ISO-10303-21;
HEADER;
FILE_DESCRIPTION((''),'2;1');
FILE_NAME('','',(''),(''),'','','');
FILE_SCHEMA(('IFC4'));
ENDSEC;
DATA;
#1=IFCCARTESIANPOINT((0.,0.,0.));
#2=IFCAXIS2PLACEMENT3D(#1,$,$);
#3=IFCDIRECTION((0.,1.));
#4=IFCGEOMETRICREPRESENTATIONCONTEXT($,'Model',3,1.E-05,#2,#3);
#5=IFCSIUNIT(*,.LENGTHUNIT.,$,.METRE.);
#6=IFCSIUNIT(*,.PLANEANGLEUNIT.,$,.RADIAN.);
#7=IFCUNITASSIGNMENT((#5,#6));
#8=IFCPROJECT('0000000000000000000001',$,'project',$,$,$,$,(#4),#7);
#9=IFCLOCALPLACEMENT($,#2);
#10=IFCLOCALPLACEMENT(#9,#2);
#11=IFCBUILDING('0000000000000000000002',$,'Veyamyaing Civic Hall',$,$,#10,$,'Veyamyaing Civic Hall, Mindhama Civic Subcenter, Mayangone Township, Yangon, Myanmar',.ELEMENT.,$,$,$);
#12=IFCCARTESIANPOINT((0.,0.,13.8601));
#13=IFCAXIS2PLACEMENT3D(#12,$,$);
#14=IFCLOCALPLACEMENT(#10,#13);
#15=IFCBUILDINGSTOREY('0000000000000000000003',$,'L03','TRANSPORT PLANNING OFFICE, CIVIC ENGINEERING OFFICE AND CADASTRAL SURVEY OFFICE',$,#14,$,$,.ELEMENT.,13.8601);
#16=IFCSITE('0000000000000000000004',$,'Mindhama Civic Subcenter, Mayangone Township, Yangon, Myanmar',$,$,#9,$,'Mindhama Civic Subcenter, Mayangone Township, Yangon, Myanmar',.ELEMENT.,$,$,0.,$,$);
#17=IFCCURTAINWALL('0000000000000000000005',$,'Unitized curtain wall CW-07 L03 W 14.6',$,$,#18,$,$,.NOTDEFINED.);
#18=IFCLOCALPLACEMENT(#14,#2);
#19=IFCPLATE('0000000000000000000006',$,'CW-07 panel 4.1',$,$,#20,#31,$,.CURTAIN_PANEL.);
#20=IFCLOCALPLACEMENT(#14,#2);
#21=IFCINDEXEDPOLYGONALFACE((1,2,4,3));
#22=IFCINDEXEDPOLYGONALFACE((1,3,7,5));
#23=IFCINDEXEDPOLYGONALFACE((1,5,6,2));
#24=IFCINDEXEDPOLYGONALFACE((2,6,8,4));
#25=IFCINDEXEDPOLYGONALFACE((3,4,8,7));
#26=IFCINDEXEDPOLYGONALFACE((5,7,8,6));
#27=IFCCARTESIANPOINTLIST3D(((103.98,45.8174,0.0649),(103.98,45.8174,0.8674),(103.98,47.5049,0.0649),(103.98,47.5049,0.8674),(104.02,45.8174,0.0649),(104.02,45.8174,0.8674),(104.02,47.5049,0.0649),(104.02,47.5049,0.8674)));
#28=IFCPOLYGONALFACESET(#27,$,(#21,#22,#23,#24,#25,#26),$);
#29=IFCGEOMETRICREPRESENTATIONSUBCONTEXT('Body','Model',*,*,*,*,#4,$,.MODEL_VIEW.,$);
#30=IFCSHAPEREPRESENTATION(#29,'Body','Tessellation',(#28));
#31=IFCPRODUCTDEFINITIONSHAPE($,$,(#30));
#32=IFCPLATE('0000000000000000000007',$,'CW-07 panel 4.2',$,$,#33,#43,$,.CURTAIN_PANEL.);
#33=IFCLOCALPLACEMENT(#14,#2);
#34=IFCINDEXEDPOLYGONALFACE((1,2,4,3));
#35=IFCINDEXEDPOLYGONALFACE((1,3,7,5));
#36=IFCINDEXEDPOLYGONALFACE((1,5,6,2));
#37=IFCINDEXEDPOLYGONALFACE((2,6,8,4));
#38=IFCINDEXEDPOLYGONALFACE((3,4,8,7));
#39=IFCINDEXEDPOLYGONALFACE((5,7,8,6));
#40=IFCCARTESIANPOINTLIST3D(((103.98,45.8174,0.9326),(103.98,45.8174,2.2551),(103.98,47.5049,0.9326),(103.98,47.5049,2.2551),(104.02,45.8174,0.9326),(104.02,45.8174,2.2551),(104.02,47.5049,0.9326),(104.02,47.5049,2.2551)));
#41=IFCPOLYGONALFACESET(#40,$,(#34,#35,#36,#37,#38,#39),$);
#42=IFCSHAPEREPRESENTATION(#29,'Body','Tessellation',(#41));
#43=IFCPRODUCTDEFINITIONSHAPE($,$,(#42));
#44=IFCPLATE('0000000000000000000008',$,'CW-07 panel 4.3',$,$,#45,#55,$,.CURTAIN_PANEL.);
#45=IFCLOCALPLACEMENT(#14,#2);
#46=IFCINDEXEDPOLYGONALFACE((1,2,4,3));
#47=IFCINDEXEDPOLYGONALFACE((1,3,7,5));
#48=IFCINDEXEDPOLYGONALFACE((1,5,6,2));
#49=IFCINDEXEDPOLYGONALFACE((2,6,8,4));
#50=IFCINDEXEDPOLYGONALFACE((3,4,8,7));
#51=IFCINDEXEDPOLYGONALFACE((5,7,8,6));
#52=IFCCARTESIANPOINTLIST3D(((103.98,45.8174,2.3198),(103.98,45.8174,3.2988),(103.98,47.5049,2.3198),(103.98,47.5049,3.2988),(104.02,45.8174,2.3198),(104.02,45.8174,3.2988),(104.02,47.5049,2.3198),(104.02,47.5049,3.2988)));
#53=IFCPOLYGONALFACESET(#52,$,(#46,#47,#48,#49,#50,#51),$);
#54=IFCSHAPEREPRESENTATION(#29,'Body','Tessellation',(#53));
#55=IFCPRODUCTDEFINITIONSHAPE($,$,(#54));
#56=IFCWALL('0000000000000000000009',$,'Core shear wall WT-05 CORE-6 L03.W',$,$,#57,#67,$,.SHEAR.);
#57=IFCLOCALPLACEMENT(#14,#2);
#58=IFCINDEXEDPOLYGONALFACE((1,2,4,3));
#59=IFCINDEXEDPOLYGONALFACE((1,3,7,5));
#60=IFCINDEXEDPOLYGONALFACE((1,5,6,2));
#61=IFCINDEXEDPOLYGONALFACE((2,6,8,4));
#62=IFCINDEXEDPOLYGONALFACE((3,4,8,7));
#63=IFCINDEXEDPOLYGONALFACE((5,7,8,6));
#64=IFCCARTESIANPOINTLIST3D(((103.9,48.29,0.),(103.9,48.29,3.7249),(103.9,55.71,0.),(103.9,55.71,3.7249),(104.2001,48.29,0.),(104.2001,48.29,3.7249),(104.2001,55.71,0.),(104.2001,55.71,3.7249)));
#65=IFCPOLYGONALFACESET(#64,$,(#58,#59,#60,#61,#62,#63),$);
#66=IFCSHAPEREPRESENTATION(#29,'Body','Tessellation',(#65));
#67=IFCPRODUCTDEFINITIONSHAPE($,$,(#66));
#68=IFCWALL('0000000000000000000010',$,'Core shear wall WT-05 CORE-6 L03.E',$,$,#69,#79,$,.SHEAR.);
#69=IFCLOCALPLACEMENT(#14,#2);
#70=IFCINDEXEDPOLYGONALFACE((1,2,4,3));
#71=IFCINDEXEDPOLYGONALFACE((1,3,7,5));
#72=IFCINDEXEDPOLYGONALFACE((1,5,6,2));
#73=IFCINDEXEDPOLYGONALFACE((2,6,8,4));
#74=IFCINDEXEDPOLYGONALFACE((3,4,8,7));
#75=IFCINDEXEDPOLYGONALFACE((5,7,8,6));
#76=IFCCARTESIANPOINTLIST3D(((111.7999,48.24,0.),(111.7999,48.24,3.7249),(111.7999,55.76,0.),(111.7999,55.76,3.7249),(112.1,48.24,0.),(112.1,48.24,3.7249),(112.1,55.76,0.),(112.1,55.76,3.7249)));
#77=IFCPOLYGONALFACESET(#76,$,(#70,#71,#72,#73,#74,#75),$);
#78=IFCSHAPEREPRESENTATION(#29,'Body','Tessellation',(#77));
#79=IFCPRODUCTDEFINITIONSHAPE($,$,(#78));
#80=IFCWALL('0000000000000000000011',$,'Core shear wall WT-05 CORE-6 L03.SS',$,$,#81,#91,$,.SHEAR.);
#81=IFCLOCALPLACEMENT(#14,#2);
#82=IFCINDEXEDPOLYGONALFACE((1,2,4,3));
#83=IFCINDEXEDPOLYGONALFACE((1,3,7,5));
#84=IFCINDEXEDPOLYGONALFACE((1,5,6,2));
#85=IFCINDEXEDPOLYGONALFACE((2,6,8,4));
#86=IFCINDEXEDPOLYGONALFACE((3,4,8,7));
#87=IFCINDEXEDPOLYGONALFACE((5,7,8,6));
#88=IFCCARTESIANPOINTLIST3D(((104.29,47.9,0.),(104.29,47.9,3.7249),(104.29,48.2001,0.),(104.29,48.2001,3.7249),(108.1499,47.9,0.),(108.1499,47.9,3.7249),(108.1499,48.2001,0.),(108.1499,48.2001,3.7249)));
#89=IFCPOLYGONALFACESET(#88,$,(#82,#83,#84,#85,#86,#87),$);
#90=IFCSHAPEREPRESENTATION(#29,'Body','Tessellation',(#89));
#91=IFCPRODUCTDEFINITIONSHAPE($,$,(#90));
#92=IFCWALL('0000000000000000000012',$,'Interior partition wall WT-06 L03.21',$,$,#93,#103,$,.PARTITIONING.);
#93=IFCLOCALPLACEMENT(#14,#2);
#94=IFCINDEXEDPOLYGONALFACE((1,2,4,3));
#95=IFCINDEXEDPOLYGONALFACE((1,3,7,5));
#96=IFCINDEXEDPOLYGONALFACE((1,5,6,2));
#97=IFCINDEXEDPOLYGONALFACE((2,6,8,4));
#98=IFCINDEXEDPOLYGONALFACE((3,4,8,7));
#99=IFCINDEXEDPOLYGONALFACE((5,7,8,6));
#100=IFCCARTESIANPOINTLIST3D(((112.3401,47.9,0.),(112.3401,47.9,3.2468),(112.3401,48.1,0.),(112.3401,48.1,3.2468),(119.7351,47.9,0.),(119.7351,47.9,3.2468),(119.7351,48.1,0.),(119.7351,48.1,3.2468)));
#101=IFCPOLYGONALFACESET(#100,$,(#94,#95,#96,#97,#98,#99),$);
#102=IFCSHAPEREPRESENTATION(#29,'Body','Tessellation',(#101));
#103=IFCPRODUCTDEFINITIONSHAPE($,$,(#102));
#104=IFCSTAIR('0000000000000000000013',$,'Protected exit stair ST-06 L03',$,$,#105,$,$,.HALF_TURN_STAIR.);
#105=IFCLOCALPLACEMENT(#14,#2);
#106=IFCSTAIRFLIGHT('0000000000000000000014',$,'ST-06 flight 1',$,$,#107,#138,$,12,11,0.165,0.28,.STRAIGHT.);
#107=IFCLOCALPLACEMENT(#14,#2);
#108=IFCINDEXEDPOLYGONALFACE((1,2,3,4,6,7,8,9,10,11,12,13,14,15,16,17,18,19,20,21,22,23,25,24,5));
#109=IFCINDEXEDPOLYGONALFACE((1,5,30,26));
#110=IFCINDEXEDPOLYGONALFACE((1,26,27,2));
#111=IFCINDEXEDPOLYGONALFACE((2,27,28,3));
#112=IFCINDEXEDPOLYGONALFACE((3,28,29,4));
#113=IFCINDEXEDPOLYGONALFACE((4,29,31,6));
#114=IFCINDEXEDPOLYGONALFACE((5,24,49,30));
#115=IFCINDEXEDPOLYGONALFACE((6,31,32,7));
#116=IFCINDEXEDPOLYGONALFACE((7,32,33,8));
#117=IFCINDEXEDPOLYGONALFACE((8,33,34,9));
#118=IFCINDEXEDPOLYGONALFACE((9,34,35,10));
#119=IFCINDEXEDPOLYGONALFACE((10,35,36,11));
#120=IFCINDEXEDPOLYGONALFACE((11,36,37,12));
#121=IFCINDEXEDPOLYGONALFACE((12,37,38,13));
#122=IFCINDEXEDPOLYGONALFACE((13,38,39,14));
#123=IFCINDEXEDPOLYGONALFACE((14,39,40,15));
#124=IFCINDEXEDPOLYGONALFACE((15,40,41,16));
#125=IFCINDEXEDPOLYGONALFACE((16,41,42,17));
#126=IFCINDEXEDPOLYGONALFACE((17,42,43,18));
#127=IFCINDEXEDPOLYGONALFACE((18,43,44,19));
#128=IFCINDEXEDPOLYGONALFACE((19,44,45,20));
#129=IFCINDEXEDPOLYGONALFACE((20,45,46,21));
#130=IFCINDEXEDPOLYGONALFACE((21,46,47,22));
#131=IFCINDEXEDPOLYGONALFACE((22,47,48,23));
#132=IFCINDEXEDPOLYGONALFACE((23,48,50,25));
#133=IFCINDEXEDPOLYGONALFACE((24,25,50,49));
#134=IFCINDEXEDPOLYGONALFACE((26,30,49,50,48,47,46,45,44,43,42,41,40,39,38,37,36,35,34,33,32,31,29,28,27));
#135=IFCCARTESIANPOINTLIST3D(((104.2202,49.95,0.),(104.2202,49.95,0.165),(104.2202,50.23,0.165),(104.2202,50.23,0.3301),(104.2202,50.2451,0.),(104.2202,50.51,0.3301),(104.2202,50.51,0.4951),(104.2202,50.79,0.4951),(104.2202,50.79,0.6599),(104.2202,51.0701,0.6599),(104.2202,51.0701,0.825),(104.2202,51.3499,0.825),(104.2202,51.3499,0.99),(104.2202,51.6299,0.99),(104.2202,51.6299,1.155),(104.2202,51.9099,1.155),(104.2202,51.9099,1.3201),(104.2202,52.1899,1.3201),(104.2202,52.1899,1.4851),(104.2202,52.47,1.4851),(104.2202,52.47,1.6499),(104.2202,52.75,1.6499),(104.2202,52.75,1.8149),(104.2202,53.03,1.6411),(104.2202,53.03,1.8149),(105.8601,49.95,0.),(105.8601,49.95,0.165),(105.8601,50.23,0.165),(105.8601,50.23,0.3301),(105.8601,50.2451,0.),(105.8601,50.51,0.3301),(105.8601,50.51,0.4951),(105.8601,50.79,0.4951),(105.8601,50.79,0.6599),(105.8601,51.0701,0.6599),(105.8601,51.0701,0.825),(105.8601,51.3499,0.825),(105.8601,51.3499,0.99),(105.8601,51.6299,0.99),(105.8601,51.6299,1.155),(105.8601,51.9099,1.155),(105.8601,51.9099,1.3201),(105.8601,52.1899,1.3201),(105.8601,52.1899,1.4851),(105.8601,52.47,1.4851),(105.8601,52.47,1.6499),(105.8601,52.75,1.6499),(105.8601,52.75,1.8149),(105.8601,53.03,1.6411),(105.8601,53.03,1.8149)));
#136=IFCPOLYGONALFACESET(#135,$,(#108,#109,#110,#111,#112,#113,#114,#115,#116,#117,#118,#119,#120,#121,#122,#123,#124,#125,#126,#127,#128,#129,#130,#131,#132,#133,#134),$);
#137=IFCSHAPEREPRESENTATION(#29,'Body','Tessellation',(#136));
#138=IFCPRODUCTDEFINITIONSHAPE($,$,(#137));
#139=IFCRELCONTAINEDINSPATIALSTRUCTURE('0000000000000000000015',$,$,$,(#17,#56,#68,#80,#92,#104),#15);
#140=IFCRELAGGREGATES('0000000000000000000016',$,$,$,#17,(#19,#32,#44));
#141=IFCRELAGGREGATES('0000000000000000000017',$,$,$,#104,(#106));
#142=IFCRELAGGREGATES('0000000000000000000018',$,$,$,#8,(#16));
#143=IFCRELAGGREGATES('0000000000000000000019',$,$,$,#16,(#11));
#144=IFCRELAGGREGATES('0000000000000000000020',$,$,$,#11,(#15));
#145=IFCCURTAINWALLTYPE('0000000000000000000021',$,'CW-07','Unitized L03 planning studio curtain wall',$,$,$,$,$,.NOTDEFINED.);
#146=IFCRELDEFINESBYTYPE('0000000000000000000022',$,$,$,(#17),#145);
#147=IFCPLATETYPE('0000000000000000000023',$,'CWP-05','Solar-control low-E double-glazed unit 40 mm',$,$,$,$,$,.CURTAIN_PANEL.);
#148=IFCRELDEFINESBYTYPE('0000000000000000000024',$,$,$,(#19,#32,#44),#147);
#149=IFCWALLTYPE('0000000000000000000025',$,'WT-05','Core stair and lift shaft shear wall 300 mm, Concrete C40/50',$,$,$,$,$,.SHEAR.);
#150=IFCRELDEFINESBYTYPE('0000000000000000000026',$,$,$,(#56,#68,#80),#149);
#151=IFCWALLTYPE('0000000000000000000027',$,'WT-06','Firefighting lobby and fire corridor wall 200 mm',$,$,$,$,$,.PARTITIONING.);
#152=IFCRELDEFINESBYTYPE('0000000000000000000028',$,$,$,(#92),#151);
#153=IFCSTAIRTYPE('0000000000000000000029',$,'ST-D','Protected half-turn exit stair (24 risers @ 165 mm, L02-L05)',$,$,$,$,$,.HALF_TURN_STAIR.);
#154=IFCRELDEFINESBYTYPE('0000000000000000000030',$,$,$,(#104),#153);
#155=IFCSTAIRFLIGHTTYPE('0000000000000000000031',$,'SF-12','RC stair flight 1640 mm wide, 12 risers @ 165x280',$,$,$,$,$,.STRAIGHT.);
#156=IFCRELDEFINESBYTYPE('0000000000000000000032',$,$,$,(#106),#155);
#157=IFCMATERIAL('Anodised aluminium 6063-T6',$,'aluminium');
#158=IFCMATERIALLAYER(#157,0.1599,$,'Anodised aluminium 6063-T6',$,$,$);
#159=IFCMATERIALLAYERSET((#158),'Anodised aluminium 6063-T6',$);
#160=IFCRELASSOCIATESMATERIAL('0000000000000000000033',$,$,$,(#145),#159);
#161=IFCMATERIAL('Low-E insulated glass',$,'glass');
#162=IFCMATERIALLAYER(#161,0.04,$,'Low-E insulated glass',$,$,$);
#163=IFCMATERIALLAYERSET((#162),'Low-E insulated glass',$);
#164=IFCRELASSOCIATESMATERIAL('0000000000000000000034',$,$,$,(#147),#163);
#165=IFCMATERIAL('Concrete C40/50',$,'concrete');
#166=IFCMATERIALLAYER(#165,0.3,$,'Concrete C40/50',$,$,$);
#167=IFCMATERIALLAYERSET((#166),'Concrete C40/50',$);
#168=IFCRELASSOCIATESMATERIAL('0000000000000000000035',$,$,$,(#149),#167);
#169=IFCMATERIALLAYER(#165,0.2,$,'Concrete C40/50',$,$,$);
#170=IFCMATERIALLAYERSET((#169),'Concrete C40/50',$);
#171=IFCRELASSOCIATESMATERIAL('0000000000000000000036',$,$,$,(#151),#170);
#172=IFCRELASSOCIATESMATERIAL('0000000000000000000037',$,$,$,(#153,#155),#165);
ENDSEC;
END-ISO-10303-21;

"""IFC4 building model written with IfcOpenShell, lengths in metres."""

from ifc_helpers import new_model, si_unit, direction, frame, frame_2d, origin, origin_2d, place, context, subcontext, project, spatial, polyline, rectangle, outline, extrude, material, layer, layer_set, type_object, element, aggregate, save


model = new_model("IFC4")

# Units and contexts
model_context = context("Model", 3, precision=1e-05, world=origin(), true_north=direction((0.0, 1.0)))
body_context = subcontext(model_context, "Body", "Model", "MODEL_VIEW")
ifc_project = project(units=[si_unit("LENGTHUNIT", "METRE"), si_unit("PLANEANGLEUNIT", "RADIAN")], contexts=[model_context])

# Site, building, storey
site_placement = place(None, origin())
site = spatial("IfcSite", under=ifc_project, at=site_placement, Name="Mindhama Civic Subcenter, Mayangone Township, Yangon, Myanmar", LongName="Mindhama Civic Subcenter, Mayangone Township, Yangon, Myanmar", CompositionType="ELEMENT", RefElevation=0.0)
building_placement = place(site_placement, origin())
building = spatial("IfcBuilding", under=site, at=building_placement, Name="Veyamyaing Civic Hall", LongName="Veyamyaing Civic Hall, Mindhama Civic Subcenter, Mayangone Township, Yangon, Myanmar", CompositionType="ELEMENT")
storey_placement = place(building_placement, frame((0.0, 0.0, 13.8601)))
storey = spatial("IfcBuildingStorey", under=building, at=storey_placement, Name="L03", Description="TRANSPORT PLANNING OFFICE, CIVIC ENGINEERING OFFICE AND CADASTRAL SURVEY OFFICE", CompositionType="ELEMENT", Elevation=13.8601)

# Curtain wall
ifc_material_1 = material(Name="Anodised aluminium 6063-T6", Category="aluminium")
ifc_layer_1 = layer(ifc_material_1, 0.1599, Name="Anodised aluminium 6063-T6")
ifc_layer_set_1 = layer_set([ifc_layer_1], Name="Anodised aluminium 6063-T6")
curtain_wall_type = type_object("IfcCurtainWallType", Name="CW-07", Description="Unitized L03 planning studio curtain wall", PredefinedType="NOTDEFINED", material=ifc_layer_set_1)
curtain_wall_placement = place(storey_placement, origin())
curtain_wall = element("IfcCurtainWall", 1, at=curtain_wall_placement, inside=storey, type_object=curtain_wall_type, Name="Unitized curtain wall CW-07 L03 W 14.6", PredefinedType="NOTDEFINED")

# Plates
ifc_material_2 = material(Name="Low-E insulated glass", Category="glass")
ifc_layer_2 = layer(ifc_material_2, 0.04, Name="Low-E insulated glass")
ifc_layer_set_2 = layer_set([ifc_layer_2], Name="Low-E insulated glass")
plate_type = type_object("IfcPlateType", Name="CWP-05", Description="Solar-control low-E double-glazed unit 40 mm", PredefinedType="CURTAIN_PANEL", material=ifc_layer_set_2)
plate_1_placement = place(storey_placement, frame((104.0, 46.6611, 0.0649), z_axis=(0.0, 0.0, 1.0), x_axis=(0.0, 1.0, 0.0)))
plate_1 = element("IfcPlate", 2, at=plate_1_placement, type_object=plate_type, Name="CW-07 panel 4.1", PredefinedType="CURTAIN_PANEL", context=body_context, shape_type="SweptSolid", body=[
    extrude(rectangle(XDim=1.6875, YDim=0.04, at=origin_2d()), origin(), (0.0, 0.0, 1.0), 0.8025),
])
plate_2_placement = place(storey_placement, frame((104.0, 46.6611, 0.9326), z_axis=(0.0, 0.0, 1.0), x_axis=(0.0, 1.0, 0.0)))
plate_2 = element("IfcPlate", 3, at=plate_2_placement, type_object=plate_type, Name="CW-07 panel 4.2", PredefinedType="CURTAIN_PANEL", context=body_context, shape_type="SweptSolid", body=[
    extrude(rectangle(XDim=1.6875, YDim=0.04, at=origin_2d()), origin(), (0.0, 0.0, 1.0), 1.3225),
])
plate_3_placement = place(storey_placement, frame((104.0, 46.6611, 2.3198), z_axis=(0.0, 0.0, 1.0), x_axis=(0.0, 1.0, 0.0)))
plate_3 = element("IfcPlate", 4, at=plate_3_placement, type_object=plate_type, Name="CW-07 panel 4.3", PredefinedType="CURTAIN_PANEL", context=body_context, shape_type="SweptSolid", body=[
    extrude(rectangle(XDim=1.6875, YDim=0.04, at=origin_2d()), origin(), (0.0, 0.0, 1.0), 0.979),
])
aggregate(curtain_wall, [plate_1, plate_2, plate_3])

# Walls
ifc_material_3 = material(Name="Concrete C40/50", Category="concrete")
ifc_layer_3 = layer(ifc_material_3, 0.3, Name="Concrete C40/50")
ifc_layer_set_3 = layer_set([ifc_layer_3], Name="Concrete C40/50")
wall_type_1 = type_object("IfcWallType", Name="WT-05", Description="Core stair and lift shaft shear wall 300 mm, Concrete C40/50", PredefinedType="SHEAR", material=ifc_layer_set_3)
wall_1_placement = place(storey_placement, frame((104.05, 48.29, 0.0), z_axis=(0.0, 0.0, 1.0), x_axis=(0.0, 1.0, 0.0)))
element("IfcWall", 5, at=wall_1_placement, inside=storey, type_object=wall_type_1, Name="Core shear wall WT-05 CORE-6 L03.W", PredefinedType="SHEAR", context=body_context, shape_type="SweptSolid", body=[
    extrude(rectangle(XDim=7.4199, YDim=0.3, at=frame_2d((3.71, 0.0))), origin(), (0.0, 0.0, 1.0), 3.7249),
])
wall_2_placement = place(storey_placement, frame((111.95, 48.24, 0.0), z_axis=(0.0, 0.0, 1.0), x_axis=(0.0, 1.0, 0.0)))
element("IfcWall", 6, at=wall_2_placement, inside=storey, type_object=wall_type_1, Name="Core shear wall WT-05 CORE-6 L03.E", PredefinedType="SHEAR", context=body_context, shape_type="SweptSolid", body=[
    extrude(rectangle(XDim=7.52, YDim=0.3, at=frame_2d((3.76, 0.0))), origin(), (0.0, 0.0, 1.0), 3.7249),
])
wall_3_placement = place(storey_placement, frame((104.29, 48.05, 0.0), z_axis=(0.0, 0.0, 1.0), x_axis=(1.0, 0.0, 0.0)))
element("IfcWall", 7, at=wall_3_placement, inside=storey, type_object=wall_type_1, Name="Core shear wall WT-05 CORE-6 L03.SS", PredefinedType="SHEAR", context=body_context, shape_type="SweptSolid", body=[
    extrude(rectangle(XDim=3.8599, YDim=0.3, at=frame_2d((1.9299, 0.0))), origin(), (0.0, 0.0, 1.0), 3.7249),
])

# Shared definitions
ifc_layer_4 = layer(ifc_material_3, 0.2, Name="Concrete C40/50")
ifc_layer_set_4 = layer_set([ifc_layer_4], Name="Concrete C40/50")
wall_type_2 = type_object("IfcWallType", Name="WT-06", Description="Firefighting lobby and fire corridor wall 200 mm", PredefinedType="PARTITIONING", material=ifc_layer_set_4)

# Wall
wall_4_placement = place(storey_placement, frame((112.3401, 48.0, 0.0), z_axis=(0.0, 0.0, 1.0), x_axis=(1.0, 0.0, 0.0)))
element("IfcWall", 8, at=wall_4_placement, inside=storey, type_object=wall_type_2, Name="Interior partition wall WT-06 L03.21", PredefinedType="PARTITIONING", context=body_context, shape_type="SweptSolid", body=[
    extrude(rectangle(XDim=7.395, YDim=0.2, at=frame_2d((3.6975, 0.0))), origin(), (0.0, 0.0, 1.0), 3.2468),
])

# Stair, stair flight
stair_type = type_object("IfcStairType", Name="ST-D", Description="Protected half-turn exit stair (24 risers @ 165 mm, L02-L05)", PredefinedType="HALF_TURN_STAIR", material=ifc_material_3)
stair_placement = place(storey_placement, origin())
stair = element("IfcStair", 9, at=stair_placement, inside=storey, type_object=stair_type, Name="Protected exit stair ST-06 L03", PredefinedType="HALF_TURN_STAIR")
stair_flight_type = type_object("IfcStairFlightType", Name="SF-12", Description="RC stair flight 1640 mm wide, 12 risers @ 165x280", PredefinedType="STRAIGHT", material=ifc_material_3)
stair_flight_placement = place(storey_placement, frame((105.04, 49.95, 0.0), z_axis=(0.0, 0.0, 1.0), x_axis=(0.0, 1.0, 0.0)))
stair_flight = element("IfcStairFlight", 10, at=stair_flight_placement, type_object=stair_flight_type, Name="ST-06 flight 1", NumberOfRisers=12, NumberOfTreads=11, PredefinedType="STRAIGHT", RiserHeight=0.165, TreadLength=0.28, context=body_context, shape_type="SweptSolid", body=[
    extrude(outline(polyline([(0.0, 0.0), (0.0, 0.165), (0.28, 0.165), (0.28, 0.3301), (0.5601, 0.3301), (0.5601, 0.4951), (0.8401, 0.4951), (0.8401, 0.6599), (1.1201, 0.6599), (1.1201, 0.825), (1.3999, 0.825), (1.3999, 0.99), (1.6799, 0.99), (1.6799, 1.155), (1.96, 1.155), (1.96, 1.3201), (2.24, 1.3201), (2.24, 1.4851), (2.52, 1.4851), (2.52, 1.6499), (2.8, 1.6499), (2.8, 1.8149), (3.0801, 1.8149), (3.0801, 1.98), (3.0801, 1.6411), (0.2952, 0.0), (0.0, 0.0)])), frame((0.0, 0.8198, 0.0), z_axis=(0.0, -1.0, 0.0), x_axis=(1.0, 0.0, 0.0)), (0.0, 0.0, 1.0), 1.6399),
])
aggregate(stair, [stair_flight])

save(model, "model.ifc")
